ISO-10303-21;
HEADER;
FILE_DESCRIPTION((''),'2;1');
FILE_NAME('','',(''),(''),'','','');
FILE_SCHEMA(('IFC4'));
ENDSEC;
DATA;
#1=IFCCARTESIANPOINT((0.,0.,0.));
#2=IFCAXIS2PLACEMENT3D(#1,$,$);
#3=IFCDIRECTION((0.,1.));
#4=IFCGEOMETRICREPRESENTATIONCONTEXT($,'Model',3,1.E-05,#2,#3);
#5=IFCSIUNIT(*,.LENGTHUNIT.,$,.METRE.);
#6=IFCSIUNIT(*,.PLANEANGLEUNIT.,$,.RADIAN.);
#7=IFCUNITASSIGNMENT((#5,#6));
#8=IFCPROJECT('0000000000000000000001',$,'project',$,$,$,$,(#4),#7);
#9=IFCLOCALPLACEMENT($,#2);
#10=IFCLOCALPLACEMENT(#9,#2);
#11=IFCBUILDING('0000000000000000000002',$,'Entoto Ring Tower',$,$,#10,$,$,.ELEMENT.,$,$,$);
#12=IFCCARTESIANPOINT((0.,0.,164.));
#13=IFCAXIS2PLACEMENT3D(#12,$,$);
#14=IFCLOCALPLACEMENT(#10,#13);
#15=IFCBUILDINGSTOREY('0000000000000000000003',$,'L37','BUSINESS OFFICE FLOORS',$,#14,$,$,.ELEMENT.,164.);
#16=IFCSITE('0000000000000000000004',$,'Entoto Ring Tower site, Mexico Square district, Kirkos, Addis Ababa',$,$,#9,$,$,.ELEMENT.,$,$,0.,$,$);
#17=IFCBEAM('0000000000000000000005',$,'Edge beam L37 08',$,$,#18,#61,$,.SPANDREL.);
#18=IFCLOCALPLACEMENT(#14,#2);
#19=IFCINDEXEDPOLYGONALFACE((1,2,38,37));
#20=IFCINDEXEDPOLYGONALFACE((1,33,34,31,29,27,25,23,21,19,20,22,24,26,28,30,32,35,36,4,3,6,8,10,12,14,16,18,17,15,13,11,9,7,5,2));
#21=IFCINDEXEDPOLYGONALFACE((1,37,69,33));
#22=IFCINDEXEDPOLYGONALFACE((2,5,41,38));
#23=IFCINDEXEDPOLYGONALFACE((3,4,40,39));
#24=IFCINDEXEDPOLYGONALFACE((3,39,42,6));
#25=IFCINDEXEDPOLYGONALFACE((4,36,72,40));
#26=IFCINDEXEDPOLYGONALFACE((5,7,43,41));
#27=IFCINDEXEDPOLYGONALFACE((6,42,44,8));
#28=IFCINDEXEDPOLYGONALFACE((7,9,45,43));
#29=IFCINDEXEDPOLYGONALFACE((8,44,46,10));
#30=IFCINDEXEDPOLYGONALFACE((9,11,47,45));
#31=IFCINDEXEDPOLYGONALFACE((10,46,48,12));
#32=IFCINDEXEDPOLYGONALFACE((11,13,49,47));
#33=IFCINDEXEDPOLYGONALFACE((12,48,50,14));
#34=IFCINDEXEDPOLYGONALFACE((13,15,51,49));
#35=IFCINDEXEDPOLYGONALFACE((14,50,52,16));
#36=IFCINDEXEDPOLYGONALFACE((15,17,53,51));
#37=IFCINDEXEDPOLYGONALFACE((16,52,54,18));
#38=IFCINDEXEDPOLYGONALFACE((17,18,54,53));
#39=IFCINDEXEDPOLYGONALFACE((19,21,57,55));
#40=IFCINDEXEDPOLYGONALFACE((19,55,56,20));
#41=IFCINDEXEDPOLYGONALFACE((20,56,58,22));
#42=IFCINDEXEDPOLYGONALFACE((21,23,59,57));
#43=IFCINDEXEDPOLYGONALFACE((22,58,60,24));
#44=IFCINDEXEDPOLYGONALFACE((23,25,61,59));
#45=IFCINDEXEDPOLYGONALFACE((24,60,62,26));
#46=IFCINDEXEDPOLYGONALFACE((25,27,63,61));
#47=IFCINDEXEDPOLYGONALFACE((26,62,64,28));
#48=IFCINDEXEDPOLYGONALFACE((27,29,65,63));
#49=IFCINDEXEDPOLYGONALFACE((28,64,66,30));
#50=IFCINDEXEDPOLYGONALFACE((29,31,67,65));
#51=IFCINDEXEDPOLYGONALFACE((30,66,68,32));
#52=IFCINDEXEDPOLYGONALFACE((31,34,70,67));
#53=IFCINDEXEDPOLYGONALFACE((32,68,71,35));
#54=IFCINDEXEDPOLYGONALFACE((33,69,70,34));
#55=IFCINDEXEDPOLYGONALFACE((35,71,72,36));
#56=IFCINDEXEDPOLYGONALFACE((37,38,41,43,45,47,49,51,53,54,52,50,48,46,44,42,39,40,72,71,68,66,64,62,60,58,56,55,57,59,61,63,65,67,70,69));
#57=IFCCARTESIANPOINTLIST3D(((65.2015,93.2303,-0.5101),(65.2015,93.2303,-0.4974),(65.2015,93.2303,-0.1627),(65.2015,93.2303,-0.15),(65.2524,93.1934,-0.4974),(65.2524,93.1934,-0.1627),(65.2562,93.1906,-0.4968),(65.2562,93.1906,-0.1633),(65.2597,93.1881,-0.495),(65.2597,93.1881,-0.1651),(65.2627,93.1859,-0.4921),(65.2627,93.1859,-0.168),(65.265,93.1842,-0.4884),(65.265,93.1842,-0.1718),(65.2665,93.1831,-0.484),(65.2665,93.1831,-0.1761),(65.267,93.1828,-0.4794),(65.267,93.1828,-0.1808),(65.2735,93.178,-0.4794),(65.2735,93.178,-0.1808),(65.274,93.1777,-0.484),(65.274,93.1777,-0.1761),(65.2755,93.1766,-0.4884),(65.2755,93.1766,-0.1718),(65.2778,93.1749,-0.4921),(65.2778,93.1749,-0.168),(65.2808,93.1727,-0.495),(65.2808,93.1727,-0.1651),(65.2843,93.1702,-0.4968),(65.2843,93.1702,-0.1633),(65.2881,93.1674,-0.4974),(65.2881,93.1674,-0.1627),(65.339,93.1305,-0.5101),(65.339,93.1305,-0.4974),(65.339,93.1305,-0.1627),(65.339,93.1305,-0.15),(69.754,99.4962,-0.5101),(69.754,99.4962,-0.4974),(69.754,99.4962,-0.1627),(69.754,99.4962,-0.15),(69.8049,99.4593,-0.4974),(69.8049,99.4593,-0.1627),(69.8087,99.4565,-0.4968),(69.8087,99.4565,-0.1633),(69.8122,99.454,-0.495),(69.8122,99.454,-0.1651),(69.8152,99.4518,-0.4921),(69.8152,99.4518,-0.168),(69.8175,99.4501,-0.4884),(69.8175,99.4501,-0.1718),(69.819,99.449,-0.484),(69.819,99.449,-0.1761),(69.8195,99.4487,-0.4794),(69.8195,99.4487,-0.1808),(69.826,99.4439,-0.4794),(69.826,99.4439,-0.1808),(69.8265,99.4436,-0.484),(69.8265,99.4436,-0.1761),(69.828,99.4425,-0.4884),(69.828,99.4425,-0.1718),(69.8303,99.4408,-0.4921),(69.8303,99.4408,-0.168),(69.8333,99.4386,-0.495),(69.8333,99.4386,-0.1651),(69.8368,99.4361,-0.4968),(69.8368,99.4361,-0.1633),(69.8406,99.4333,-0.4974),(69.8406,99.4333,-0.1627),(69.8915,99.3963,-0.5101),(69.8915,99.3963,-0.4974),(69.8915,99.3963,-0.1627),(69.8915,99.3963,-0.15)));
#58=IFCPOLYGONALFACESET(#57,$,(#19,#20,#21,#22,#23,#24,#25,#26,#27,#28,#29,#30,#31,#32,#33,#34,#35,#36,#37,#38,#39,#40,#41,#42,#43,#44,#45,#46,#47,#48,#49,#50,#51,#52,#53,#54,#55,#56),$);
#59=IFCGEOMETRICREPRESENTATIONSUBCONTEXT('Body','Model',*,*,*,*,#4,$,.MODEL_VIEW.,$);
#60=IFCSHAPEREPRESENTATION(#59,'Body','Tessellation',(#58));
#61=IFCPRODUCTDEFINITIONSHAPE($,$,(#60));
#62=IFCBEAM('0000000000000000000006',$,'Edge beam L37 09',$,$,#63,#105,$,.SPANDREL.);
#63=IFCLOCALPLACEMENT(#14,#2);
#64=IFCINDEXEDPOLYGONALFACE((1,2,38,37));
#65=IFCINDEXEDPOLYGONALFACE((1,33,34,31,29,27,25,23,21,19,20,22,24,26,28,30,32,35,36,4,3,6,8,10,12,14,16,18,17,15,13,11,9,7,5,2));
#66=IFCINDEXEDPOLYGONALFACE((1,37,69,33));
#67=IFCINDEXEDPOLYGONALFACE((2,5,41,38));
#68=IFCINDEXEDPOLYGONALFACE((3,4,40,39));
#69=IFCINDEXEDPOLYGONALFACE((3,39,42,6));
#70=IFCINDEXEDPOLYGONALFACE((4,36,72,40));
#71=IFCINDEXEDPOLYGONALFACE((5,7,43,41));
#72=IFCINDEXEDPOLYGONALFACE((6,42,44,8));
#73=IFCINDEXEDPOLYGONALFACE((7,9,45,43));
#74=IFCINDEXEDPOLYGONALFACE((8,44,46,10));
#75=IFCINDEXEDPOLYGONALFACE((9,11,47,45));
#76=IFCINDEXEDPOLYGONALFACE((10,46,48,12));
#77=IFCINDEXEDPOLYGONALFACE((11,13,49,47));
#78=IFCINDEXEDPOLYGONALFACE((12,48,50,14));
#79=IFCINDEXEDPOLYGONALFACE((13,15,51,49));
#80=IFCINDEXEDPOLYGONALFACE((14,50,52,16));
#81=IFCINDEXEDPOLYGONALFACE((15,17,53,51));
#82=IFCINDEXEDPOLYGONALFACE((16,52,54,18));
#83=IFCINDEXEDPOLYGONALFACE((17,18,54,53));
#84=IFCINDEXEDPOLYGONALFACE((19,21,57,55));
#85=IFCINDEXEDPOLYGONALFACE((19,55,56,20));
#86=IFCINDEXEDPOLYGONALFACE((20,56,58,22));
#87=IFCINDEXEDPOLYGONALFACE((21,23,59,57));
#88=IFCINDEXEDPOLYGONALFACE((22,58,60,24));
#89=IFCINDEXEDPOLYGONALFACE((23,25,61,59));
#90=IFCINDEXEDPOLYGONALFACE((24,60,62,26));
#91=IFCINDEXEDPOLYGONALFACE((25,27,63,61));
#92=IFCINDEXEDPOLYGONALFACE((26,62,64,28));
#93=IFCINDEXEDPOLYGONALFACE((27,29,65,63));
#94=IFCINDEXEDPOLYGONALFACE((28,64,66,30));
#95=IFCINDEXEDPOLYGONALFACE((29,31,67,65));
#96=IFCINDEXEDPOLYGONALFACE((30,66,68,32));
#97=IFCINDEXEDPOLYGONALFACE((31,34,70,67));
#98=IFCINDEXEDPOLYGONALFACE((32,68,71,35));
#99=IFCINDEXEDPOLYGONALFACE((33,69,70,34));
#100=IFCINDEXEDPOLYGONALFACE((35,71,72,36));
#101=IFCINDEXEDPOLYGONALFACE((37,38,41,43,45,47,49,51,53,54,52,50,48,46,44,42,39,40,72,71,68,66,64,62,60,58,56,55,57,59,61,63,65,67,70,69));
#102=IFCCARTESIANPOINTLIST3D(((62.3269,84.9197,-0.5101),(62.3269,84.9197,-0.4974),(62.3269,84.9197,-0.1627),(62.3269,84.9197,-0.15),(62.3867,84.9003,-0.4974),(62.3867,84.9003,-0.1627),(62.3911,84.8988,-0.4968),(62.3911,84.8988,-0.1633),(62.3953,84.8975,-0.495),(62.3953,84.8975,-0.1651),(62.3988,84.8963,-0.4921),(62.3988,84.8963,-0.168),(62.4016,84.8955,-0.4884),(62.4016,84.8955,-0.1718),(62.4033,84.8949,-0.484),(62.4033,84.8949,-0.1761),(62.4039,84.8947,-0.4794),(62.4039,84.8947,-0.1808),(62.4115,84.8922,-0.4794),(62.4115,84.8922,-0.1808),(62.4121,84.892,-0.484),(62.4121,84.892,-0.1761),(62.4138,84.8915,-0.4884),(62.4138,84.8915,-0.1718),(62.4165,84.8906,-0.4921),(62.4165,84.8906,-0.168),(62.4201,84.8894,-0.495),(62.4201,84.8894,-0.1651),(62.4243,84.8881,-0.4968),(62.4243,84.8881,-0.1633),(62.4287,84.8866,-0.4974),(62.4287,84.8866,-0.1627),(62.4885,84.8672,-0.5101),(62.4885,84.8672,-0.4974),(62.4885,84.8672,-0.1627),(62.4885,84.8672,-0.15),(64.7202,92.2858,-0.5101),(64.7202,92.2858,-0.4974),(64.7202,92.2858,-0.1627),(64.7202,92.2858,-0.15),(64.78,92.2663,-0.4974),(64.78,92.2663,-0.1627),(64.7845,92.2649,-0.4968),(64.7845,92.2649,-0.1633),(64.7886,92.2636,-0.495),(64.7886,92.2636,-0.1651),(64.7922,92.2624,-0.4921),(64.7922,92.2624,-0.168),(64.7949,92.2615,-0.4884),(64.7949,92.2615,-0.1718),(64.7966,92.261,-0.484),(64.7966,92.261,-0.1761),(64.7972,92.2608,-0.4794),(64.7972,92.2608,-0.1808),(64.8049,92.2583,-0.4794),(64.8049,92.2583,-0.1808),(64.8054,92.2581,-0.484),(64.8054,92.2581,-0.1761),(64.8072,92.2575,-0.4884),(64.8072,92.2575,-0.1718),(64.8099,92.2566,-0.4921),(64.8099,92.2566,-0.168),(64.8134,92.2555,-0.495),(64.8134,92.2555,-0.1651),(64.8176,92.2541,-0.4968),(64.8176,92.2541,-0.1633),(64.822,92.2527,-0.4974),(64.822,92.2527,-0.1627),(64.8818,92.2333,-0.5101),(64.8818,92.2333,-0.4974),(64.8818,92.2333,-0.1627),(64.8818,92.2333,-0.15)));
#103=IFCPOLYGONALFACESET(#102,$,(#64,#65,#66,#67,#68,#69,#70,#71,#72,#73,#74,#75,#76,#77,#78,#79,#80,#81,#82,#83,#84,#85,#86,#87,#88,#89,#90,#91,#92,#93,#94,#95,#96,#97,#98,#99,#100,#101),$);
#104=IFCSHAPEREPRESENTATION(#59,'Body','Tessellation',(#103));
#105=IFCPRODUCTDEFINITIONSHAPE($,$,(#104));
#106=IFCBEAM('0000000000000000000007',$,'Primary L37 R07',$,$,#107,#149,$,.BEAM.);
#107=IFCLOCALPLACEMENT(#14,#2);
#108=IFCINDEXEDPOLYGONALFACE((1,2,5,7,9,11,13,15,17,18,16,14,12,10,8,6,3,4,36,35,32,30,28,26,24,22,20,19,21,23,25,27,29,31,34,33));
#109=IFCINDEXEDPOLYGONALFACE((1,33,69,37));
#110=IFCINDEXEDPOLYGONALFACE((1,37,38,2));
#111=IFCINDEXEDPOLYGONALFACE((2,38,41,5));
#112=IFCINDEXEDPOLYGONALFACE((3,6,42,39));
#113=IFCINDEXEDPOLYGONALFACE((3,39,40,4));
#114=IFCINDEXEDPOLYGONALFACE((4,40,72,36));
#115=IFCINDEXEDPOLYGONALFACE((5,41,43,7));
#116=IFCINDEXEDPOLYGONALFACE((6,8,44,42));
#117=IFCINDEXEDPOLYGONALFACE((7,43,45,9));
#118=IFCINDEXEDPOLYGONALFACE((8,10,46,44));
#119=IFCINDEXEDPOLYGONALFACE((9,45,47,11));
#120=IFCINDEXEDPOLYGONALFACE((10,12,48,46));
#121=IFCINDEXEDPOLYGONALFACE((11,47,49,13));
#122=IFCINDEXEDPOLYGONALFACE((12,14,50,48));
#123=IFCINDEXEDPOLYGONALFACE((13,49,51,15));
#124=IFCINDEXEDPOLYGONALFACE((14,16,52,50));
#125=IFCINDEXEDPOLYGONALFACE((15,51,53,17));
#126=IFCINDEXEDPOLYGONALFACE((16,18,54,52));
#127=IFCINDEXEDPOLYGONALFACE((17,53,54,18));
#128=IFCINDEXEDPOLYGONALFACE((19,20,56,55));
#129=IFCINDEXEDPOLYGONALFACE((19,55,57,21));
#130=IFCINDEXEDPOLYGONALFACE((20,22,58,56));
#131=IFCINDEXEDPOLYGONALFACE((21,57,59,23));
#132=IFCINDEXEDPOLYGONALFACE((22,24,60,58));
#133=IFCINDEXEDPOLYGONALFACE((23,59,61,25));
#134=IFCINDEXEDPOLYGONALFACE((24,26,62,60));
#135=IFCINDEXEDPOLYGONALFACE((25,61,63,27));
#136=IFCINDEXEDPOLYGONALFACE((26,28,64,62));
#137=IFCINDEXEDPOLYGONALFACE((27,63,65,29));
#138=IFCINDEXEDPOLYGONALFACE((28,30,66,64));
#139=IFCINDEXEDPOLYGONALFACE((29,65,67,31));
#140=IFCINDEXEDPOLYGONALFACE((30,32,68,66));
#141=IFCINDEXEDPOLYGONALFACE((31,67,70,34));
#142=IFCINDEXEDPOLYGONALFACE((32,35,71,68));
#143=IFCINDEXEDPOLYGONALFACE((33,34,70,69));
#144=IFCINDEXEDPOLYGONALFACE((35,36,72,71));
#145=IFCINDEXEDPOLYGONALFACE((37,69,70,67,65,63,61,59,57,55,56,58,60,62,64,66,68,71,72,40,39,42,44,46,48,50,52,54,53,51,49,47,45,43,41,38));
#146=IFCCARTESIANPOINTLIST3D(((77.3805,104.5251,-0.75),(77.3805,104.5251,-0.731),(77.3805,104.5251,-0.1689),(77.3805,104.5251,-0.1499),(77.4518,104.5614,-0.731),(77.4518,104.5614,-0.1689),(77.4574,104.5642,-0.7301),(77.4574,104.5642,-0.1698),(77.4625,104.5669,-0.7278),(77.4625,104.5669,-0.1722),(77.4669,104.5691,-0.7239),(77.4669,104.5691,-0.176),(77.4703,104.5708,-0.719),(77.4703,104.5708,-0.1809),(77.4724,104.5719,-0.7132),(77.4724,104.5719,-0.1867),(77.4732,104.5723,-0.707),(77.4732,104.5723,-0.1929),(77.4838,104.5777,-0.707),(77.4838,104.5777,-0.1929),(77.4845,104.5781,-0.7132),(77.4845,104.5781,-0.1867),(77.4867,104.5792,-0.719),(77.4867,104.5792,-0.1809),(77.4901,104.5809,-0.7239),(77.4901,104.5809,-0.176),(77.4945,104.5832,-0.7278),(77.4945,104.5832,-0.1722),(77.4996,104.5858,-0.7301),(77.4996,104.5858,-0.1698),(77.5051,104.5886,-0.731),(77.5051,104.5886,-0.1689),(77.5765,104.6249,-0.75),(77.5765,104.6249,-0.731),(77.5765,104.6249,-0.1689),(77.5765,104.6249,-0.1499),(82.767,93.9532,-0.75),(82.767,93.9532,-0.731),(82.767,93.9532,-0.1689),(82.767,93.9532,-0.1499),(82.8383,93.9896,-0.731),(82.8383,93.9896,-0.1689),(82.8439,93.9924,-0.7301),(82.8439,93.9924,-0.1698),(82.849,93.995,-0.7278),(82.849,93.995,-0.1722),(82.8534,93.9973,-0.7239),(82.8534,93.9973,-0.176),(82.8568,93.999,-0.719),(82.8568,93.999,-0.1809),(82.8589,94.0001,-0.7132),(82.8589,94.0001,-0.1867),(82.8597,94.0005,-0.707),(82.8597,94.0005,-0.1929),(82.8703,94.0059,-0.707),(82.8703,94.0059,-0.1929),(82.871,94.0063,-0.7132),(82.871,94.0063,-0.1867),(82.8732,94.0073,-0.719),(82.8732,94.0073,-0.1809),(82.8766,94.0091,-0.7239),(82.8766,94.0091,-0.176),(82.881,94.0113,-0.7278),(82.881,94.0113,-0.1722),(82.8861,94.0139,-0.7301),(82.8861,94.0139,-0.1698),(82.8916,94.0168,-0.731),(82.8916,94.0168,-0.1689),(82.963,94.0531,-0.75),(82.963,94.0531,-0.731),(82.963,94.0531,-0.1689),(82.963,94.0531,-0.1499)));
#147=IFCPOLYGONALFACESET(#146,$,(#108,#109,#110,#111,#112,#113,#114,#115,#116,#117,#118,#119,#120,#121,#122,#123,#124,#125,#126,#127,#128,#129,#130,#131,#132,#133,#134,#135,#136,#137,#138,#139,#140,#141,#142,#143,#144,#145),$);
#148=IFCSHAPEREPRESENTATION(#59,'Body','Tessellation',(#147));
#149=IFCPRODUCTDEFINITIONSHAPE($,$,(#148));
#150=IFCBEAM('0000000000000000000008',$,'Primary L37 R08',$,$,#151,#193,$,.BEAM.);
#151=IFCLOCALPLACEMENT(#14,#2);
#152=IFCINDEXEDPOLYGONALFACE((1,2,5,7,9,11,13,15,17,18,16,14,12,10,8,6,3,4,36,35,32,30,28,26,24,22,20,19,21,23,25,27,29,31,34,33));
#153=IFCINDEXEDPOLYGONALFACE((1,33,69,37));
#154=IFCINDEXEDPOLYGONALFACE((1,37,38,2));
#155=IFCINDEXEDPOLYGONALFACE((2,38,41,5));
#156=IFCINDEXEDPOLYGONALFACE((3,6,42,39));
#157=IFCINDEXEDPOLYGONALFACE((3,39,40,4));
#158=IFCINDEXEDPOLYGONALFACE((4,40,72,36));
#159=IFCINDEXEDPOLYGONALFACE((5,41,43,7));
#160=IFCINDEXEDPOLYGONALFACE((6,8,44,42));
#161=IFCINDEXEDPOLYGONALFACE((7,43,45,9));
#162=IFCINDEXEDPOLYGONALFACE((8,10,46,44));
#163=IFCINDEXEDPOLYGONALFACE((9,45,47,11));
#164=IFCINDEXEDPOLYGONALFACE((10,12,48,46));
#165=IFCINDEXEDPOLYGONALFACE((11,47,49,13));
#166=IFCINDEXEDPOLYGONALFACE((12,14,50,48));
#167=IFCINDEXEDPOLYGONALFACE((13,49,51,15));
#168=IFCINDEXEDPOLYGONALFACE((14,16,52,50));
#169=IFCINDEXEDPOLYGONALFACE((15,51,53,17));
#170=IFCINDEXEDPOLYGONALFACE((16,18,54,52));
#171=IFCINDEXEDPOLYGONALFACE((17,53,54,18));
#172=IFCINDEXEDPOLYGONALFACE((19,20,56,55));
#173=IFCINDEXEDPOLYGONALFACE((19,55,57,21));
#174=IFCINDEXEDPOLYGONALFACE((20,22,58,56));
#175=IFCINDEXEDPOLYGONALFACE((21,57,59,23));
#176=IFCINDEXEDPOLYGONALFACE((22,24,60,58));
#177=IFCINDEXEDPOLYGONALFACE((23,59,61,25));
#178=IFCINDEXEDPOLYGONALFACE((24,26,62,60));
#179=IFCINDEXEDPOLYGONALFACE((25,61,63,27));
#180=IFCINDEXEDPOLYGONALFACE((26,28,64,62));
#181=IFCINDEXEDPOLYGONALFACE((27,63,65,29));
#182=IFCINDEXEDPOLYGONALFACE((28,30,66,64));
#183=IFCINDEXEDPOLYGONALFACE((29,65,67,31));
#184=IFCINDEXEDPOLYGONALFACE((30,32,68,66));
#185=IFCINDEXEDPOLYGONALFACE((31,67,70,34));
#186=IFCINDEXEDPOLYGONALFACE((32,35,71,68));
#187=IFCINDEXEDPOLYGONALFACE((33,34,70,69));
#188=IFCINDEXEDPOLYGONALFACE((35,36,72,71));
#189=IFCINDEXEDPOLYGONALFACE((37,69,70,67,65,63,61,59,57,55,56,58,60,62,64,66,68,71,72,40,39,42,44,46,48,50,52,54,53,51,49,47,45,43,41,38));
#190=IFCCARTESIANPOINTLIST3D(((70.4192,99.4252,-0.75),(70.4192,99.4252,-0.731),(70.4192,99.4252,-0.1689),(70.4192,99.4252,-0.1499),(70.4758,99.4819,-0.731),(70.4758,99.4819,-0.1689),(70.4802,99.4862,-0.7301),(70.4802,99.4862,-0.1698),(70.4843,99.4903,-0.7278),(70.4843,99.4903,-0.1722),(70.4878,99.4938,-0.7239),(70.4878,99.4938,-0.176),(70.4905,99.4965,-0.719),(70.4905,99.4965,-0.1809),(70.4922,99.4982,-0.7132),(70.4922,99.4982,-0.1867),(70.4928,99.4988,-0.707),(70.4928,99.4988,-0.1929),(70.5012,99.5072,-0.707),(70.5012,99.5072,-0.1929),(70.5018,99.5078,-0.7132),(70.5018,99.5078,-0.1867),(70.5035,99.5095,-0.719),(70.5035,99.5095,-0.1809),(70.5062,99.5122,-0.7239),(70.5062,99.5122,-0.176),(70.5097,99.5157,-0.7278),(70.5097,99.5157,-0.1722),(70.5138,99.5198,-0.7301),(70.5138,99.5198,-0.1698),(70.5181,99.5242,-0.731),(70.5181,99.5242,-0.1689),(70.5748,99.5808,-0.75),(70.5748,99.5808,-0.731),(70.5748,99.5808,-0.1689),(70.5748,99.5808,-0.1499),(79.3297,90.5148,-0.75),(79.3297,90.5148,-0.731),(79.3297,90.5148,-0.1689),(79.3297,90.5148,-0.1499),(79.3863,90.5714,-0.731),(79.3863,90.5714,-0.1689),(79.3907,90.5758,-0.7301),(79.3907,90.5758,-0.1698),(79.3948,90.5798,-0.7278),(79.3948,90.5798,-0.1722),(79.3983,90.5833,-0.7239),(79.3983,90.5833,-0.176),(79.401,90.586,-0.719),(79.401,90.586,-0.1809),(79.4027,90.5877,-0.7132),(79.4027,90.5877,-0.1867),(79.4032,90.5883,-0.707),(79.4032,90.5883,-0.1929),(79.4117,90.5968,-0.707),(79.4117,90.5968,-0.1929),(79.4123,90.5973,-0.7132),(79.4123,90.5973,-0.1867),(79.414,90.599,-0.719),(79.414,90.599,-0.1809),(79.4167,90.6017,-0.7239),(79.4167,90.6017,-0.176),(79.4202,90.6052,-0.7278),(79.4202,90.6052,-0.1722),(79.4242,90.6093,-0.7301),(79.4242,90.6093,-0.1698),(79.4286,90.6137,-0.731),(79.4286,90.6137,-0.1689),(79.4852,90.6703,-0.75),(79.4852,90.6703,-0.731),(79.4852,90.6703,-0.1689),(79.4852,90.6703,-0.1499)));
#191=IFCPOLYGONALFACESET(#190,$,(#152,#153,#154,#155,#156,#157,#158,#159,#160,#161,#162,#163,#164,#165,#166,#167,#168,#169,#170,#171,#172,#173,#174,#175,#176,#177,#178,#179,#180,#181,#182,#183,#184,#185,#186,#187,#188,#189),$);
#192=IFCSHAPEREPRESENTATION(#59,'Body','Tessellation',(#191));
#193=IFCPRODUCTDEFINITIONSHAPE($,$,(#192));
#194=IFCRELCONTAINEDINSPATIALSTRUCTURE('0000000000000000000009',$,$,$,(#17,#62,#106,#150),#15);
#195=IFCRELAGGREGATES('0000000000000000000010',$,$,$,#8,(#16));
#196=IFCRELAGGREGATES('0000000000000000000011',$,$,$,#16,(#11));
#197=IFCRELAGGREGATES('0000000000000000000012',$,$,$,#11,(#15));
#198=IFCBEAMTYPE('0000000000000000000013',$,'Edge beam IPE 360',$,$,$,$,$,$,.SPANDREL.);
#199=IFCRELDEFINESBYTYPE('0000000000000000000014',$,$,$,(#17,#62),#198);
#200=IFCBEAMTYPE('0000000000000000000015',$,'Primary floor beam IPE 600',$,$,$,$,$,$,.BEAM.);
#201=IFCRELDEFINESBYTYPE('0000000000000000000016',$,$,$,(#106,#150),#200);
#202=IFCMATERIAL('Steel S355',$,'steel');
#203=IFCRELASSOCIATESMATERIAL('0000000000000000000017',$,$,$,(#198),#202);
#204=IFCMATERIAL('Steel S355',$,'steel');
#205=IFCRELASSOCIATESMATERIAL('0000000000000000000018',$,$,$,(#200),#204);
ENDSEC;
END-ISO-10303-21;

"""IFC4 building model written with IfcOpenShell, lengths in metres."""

from ifc_helpers import new_model, si_unit, direction, frame, origin, origin_2d, place, context, subcontext, project, spatial, i_section, extrude, material, material_profile, profile_set, type_object, element, save


model = new_model("IFC4")

# Units and contexts
model_context = context("Model", 3, precision=1e-05, world=origin(), true_north=direction((0.0, 1.0)))
body_context = subcontext(model_context, "Body", "Model", "MODEL_VIEW")
ifc_project = project(units=[si_unit("LENGTHUNIT", "METRE"), si_unit("PLANEANGLEUNIT", "RADIAN")], contexts=[model_context])

# Site, building, storey
site_placement = place(None, origin())
site = spatial("IfcSite", under=ifc_project, at=site_placement, Name="Entoto Ring Tower site, Mexico Square district, Kirkos, Addis Ababa", CompositionType="ELEMENT", RefElevation=0.0)
building_placement = place(site_placement, origin())
building = spatial("IfcBuilding", under=site, at=building_placement, Name="Entoto Ring Tower", CompositionType="ELEMENT")
storey_placement = place(building_placement, frame((0.0, 0.0, 164.0)))
storey = spatial("IfcBuildingStorey", under=building, at=storey_placement, Name="L37", Description="BUSINESS OFFICE FLOORS", CompositionType="ELEMENT", Elevation=164.0)

# Beams
ifc_material_1 = material(Name="Steel S355", Category="steel")
ifc_material_profile_1 = material_profile(ifc_material_1, i_section(OverallWidth=0.1699, OverallDepth=0.3601, WebThickness=0.0081, FlangeThickness=0.0127, FilletRadius=0.0181, at=origin_2d()), Name="IPE 360")
ifc_profile_set_1 = profile_set([ifc_material_profile_1], Name="Steel S355")
beam_type_1 = type_object("IfcBeamType", Name="Edge beam IPE 360", PredefinedType="SPANDREL", material=ifc_profile_set_1)
for number, where, z_axis, x_axis, name in (
    (1, (69.8228, 99.4463, -0.3301), (-0.587791, -0.809013, 0.0), (0.809013, -0.587791, 0.0), "Edge beam L37 08"),
    (2, (64.801, 92.2595, -0.3301), (-0.309013, -0.951058, 0.0), (0.951058, -0.309013, 0.0), "Edge beam L37 09"),
):
    element("IfcBeam", number, at=place(storey_placement, frame(where, z_axis=z_axis, x_axis=x_axis)), inside=storey, type_object=beam_type_1, Name=name, PredefinedType="SPANDREL", context=body_context, shape_type="SweptSolid", body=[
        extrude(i_section(OverallWidth=0.1699, OverallDepth=0.3601, WebThickness=0.0081, FlangeThickness=0.0127, FilletRadius=0.0181, at=origin_2d()), origin(), (0.0, 0.0, 1.0), 7.7451),
    ])
ifc_material_2 = material(Name="Steel S355", Category="steel")
ifc_material_profile_2 = material_profile(ifc_material_2, i_section(OverallWidth=0.22, OverallDepth=0.6001, WebThickness=0.012, FlangeThickness=0.019, FilletRadius=0.0239, at=origin_2d()), Name="IPE 600")
ifc_profile_set_2 = profile_set([ifc_material_profile_2], Name="Steel S355")
beam_type_2 = type_object("IfcBeamType", Name="Primary floor beam IPE 600", PredefinedType="BEAM", material=ifc_profile_set_2)
beam_1_placement = place(storey_placement, frame((82.865, 94.0032, -0.45), z_axis=(-0.453983, 0.89101, 0.0), x_axis=(-0.89101, -0.453983, 0.0)))
element("IfcBeam", 3, at=beam_1_placement, inside=storey, type_object=beam_type_2, Name="Primary L37 R07", PredefinedType="BEAM", context=body_context, shape_type="SweptSolid", body=[
    extrude(i_section(OverallWidth=0.22, OverallDepth=0.6001, WebThickness=0.012, FlangeThickness=0.019, FilletRadius=0.0239, at=origin_2d()), origin(), (0.0, 0.0, 1.0), 11.865),
])
beam_2_placement = place(storey_placement, frame((79.4075, 90.5925, -0.45), z_axis=(-0.707107, 0.707107, 0.0), x_axis=(-0.707107, -0.707107, 0.0)))
element("IfcBeam", 4, at=beam_2_placement, inside=storey, type_object=beam_type_2, Name="Primary L37 R08", PredefinedType="BEAM", context=body_context, shape_type="SweptSolid", body=[
    extrude(i_section(OverallWidth=0.22, OverallDepth=0.6001, WebThickness=0.012, FlangeThickness=0.019, FilletRadius=0.0239, at=origin_2d()), origin(), (0.0, 0.0, 1.0), 12.6013),
])

save(model, "model.ifc")
